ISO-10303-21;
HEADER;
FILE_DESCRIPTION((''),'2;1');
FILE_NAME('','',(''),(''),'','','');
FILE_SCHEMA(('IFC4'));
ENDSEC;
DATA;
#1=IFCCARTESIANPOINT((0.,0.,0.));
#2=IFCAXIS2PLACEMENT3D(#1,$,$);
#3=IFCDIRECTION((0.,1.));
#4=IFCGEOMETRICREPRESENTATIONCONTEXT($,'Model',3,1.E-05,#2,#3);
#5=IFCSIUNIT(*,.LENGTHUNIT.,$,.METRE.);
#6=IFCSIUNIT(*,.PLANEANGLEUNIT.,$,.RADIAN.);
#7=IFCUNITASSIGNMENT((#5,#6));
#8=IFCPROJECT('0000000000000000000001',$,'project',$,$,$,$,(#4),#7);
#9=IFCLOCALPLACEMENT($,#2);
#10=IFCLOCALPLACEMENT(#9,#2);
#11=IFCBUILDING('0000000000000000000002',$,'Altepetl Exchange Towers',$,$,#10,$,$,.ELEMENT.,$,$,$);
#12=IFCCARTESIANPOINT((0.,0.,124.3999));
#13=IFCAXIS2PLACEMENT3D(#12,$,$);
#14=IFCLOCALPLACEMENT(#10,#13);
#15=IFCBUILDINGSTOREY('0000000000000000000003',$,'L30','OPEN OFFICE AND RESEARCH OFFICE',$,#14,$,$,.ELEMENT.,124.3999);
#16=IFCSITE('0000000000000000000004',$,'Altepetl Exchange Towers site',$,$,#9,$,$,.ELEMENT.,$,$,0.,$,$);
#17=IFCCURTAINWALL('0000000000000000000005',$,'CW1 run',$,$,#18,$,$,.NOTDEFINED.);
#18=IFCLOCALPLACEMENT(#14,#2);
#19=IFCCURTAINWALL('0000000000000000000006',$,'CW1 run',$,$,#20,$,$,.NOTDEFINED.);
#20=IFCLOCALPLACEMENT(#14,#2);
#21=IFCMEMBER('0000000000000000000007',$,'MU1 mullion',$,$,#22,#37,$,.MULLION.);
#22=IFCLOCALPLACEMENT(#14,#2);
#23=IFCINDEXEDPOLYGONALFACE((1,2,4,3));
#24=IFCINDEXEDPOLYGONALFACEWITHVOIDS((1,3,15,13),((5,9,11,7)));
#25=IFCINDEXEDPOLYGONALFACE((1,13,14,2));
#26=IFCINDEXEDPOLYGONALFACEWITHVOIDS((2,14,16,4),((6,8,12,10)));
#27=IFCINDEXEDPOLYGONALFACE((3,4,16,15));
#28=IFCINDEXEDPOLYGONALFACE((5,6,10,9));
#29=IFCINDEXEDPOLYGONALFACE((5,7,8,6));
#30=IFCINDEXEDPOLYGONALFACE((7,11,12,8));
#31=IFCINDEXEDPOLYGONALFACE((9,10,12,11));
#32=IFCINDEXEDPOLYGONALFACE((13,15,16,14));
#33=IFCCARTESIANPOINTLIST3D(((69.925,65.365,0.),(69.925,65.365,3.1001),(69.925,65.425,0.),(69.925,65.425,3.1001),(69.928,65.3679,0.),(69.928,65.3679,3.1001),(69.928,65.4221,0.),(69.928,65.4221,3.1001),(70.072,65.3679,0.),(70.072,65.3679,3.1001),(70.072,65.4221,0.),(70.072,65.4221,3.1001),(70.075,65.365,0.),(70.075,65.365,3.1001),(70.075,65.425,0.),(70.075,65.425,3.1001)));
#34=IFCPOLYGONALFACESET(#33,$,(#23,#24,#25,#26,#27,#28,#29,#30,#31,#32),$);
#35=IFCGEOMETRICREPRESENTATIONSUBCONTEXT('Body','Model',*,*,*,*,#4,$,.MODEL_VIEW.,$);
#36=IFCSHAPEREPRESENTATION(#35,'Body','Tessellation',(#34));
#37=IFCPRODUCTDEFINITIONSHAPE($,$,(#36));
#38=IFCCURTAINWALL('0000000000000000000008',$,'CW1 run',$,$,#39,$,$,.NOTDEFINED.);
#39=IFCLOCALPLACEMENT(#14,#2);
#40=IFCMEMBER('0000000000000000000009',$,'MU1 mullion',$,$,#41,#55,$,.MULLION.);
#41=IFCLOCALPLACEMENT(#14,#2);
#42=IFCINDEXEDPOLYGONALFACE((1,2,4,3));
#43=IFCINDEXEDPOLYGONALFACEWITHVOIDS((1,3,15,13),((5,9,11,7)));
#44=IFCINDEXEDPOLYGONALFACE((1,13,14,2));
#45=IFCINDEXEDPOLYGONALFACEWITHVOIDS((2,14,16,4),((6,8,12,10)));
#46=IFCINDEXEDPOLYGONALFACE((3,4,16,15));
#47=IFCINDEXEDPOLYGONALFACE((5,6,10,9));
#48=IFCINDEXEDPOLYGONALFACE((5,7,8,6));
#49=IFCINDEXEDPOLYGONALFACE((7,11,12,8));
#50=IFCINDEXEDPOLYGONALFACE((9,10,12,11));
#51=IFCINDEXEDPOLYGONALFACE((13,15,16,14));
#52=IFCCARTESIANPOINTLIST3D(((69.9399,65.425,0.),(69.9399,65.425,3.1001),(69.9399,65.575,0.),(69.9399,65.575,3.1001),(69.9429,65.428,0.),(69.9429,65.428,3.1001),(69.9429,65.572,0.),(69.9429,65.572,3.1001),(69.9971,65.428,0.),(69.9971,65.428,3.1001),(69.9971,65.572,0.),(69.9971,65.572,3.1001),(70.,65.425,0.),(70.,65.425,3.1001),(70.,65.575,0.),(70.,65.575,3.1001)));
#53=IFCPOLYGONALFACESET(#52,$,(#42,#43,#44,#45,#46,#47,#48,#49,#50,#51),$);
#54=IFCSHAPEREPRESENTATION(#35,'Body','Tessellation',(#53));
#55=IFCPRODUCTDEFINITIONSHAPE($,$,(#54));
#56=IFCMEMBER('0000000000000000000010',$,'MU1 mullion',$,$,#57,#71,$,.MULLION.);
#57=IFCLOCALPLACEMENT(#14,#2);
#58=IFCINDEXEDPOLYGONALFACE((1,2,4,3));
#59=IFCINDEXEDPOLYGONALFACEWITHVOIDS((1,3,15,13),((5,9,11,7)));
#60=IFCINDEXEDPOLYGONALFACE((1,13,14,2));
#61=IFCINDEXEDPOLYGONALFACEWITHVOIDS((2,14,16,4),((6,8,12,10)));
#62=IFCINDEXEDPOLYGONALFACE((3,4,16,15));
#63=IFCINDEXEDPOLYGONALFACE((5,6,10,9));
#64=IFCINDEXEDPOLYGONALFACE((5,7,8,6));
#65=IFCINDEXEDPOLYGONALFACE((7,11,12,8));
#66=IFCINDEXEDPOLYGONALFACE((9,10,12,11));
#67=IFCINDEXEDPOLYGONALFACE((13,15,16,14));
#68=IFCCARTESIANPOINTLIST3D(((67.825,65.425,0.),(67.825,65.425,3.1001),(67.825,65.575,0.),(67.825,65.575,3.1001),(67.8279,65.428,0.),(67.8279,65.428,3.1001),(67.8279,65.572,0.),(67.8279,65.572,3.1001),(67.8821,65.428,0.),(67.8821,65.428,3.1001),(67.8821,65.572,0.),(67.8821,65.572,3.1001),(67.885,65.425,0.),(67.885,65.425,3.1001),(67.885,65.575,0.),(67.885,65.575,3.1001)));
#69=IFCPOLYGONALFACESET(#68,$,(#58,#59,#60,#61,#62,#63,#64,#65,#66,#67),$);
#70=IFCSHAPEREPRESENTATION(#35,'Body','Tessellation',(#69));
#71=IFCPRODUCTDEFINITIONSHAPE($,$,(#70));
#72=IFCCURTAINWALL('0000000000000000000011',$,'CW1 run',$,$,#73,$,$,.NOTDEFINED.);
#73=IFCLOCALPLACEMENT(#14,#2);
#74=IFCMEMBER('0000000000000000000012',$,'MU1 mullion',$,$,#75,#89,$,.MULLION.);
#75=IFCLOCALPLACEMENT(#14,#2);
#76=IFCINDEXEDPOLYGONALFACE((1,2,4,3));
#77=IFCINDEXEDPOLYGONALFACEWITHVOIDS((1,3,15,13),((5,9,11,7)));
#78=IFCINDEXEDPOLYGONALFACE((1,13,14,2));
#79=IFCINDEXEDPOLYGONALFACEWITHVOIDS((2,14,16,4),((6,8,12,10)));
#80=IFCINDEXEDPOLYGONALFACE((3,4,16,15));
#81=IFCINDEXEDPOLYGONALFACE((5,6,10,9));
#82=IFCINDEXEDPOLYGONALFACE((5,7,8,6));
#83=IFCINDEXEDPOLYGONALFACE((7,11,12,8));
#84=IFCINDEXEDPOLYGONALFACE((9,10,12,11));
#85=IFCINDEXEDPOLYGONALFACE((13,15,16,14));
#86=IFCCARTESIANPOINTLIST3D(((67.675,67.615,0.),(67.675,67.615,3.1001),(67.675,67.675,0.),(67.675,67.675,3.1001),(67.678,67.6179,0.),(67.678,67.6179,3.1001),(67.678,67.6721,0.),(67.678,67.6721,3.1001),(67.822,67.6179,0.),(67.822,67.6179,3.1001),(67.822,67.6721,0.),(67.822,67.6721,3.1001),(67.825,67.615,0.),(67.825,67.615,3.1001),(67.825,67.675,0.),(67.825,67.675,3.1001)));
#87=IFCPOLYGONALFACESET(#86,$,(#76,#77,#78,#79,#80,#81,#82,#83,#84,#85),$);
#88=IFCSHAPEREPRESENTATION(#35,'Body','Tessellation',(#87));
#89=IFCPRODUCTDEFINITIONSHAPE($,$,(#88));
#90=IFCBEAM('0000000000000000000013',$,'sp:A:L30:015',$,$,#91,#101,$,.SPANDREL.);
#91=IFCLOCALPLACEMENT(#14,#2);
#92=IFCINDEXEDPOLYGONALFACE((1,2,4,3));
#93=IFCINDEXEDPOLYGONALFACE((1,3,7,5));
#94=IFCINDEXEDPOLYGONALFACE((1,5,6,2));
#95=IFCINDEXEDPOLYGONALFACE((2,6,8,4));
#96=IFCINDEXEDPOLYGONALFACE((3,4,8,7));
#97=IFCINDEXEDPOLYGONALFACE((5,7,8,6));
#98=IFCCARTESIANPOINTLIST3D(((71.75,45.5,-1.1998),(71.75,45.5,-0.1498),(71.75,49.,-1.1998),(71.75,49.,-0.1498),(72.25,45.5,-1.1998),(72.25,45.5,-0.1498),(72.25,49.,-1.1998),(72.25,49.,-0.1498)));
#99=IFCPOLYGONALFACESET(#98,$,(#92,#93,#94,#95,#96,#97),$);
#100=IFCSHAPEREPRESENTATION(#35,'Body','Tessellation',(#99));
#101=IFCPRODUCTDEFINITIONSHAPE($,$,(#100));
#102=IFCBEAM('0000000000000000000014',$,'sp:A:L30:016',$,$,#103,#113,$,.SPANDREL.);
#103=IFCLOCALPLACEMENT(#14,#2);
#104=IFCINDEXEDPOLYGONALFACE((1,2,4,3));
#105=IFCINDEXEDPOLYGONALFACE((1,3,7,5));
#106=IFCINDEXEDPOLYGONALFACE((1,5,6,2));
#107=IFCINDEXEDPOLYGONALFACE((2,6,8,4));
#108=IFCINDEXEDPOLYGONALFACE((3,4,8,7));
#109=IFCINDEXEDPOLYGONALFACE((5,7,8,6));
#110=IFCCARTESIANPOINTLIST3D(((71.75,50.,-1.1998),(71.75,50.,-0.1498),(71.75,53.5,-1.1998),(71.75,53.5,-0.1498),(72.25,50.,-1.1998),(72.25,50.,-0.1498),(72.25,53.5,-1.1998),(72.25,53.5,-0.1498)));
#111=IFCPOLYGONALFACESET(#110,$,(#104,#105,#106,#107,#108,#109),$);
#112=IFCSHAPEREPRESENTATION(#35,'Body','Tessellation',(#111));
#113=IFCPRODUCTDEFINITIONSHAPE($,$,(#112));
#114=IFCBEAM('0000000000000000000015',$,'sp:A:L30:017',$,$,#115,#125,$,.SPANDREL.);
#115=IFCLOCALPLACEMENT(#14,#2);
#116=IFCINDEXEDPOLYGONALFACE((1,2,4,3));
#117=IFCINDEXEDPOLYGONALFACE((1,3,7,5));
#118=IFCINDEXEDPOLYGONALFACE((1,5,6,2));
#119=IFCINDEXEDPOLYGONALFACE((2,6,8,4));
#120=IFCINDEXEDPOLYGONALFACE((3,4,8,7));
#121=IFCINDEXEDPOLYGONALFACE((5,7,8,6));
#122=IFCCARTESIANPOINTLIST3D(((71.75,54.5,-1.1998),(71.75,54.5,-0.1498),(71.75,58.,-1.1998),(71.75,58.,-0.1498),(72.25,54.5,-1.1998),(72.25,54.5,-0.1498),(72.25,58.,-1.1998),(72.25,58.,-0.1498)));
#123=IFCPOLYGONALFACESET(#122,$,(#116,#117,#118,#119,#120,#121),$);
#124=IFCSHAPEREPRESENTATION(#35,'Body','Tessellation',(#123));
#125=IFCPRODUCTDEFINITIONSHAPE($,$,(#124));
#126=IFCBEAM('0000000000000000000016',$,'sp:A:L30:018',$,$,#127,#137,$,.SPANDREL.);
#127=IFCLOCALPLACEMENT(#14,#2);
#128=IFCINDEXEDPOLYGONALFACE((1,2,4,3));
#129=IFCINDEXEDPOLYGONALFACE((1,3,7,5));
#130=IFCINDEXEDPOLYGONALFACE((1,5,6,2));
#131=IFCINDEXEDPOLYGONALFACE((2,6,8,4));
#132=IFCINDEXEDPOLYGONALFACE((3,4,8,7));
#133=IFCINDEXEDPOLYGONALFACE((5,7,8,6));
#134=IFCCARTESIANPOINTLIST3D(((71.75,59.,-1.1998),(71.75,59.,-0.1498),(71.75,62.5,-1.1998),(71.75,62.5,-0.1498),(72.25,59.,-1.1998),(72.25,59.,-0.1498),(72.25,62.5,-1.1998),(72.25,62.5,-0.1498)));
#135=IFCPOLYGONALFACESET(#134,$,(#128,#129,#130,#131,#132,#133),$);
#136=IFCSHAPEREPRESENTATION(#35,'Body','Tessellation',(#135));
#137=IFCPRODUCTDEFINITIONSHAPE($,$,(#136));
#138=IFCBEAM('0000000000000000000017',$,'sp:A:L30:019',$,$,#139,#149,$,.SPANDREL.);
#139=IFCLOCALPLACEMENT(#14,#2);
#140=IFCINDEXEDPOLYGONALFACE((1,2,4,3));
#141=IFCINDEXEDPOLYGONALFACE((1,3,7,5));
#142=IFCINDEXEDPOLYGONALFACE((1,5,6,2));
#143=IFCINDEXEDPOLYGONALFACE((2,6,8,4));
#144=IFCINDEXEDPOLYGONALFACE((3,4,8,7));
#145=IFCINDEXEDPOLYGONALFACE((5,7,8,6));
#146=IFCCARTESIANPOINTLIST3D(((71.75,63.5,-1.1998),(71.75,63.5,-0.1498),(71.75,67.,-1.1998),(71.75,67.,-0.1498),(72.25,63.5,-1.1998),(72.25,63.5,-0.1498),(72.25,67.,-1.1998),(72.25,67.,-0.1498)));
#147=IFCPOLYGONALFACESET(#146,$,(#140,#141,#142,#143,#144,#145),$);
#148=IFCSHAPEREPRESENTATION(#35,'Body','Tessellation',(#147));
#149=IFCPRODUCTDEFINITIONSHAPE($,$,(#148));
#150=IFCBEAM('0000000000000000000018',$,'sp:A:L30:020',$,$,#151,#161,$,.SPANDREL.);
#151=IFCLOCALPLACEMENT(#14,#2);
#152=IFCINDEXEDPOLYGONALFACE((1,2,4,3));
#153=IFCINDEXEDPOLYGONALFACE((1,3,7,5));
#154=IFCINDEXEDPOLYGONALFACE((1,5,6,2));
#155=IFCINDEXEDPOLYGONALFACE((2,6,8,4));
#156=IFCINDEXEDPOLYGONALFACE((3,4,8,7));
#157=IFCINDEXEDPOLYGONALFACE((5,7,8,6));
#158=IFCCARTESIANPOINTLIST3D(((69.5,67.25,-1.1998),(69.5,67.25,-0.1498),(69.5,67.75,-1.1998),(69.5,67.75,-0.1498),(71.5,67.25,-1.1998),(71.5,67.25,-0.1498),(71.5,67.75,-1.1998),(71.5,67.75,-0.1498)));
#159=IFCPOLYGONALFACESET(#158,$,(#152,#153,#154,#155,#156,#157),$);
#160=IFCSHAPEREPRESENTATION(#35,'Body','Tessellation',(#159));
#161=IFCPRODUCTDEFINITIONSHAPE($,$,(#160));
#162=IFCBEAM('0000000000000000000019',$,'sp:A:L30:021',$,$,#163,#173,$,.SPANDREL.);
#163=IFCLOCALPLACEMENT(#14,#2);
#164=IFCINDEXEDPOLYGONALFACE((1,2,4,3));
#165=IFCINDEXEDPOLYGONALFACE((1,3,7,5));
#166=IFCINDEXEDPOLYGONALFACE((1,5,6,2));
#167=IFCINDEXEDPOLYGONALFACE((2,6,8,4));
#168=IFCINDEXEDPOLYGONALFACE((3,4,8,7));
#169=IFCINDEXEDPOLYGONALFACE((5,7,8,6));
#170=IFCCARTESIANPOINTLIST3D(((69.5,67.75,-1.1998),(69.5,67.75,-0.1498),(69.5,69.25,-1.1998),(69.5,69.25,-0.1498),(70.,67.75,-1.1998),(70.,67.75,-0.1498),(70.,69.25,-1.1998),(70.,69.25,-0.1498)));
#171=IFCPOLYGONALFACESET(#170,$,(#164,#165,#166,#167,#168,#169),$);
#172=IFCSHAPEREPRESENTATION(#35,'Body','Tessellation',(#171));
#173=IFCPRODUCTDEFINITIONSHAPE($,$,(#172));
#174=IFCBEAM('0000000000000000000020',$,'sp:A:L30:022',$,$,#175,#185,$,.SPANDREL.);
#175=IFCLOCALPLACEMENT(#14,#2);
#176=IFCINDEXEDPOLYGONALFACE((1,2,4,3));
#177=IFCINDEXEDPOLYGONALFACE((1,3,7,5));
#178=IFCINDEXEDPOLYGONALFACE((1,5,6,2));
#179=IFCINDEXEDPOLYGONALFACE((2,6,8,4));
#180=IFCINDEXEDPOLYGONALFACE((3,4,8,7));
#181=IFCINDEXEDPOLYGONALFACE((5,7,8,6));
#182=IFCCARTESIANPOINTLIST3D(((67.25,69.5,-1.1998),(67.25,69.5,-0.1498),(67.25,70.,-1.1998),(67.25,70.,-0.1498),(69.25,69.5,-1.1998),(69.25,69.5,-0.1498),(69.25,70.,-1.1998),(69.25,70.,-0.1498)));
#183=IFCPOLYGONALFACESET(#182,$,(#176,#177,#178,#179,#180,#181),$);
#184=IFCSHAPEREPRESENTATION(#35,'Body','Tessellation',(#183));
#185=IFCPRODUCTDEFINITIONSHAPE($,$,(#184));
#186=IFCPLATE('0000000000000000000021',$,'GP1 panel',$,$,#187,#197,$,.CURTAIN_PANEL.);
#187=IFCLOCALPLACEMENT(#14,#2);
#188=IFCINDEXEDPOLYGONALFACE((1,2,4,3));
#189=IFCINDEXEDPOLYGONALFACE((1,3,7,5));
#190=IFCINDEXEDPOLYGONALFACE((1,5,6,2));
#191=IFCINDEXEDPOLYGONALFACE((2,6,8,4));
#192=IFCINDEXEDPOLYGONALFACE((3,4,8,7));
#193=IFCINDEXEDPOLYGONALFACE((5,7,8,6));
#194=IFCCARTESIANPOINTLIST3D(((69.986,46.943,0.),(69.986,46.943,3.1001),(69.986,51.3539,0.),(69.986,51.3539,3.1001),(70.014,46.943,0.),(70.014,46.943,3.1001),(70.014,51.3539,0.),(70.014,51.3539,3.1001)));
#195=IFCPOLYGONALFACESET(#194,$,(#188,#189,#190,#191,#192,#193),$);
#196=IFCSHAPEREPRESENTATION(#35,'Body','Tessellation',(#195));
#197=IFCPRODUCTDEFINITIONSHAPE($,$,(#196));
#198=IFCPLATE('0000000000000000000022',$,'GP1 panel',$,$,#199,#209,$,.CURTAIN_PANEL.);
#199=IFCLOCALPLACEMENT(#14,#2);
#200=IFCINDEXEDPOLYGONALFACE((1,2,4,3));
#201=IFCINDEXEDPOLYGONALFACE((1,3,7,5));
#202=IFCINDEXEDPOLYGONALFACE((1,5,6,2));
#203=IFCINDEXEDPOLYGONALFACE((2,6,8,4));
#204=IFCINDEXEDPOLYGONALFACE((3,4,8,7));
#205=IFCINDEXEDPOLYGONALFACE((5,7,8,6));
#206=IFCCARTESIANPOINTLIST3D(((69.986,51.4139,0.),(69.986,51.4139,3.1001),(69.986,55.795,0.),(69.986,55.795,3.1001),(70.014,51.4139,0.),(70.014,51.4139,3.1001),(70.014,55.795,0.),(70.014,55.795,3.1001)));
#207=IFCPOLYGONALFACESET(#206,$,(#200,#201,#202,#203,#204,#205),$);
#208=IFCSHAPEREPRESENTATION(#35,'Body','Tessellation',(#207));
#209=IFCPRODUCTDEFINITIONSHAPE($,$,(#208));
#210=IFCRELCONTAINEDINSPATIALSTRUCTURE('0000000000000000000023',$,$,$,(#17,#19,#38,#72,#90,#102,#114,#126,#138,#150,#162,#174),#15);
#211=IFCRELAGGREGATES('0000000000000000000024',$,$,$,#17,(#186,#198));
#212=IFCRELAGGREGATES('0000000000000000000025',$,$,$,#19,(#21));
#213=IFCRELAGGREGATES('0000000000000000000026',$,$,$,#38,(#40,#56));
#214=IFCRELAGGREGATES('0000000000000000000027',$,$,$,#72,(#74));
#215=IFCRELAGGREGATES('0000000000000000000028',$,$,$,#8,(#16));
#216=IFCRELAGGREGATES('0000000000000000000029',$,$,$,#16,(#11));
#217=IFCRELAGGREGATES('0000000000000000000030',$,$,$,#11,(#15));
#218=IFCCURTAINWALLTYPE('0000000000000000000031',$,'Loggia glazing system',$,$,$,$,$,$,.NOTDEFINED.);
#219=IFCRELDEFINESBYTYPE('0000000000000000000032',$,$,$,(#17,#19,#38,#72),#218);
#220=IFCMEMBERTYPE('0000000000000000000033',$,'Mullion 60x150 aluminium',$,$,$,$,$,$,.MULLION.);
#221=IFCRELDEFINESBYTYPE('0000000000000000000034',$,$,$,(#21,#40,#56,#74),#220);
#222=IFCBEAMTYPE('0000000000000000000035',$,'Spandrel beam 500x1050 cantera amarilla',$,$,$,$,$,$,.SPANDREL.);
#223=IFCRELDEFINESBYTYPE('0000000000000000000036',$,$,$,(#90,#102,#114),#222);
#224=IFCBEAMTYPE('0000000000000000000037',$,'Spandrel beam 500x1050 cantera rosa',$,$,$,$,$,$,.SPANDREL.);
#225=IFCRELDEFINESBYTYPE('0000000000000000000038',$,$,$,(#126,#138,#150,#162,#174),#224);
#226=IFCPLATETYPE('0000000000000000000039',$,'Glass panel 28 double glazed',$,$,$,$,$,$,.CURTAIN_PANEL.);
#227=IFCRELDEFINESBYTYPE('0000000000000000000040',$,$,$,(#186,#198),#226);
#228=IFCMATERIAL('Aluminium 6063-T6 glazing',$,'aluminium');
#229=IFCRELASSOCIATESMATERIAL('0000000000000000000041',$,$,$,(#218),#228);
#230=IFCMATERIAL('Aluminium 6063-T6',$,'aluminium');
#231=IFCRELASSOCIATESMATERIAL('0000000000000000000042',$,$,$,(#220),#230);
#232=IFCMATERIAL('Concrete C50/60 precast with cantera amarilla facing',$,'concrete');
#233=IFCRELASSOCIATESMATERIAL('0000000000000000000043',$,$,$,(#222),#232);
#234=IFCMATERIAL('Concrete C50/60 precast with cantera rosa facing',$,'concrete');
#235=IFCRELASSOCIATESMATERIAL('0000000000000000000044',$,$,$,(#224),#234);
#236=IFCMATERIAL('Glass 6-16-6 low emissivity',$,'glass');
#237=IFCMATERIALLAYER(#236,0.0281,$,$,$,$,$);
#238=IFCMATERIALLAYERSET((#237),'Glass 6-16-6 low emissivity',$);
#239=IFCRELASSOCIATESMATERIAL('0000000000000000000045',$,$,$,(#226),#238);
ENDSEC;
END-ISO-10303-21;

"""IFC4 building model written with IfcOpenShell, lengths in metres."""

from ifc_helpers import new_model, si_unit, direction, frame, origin, origin_2d, place, context, subcontext, project, spatial, rectangle, hollow_rectangle, extrude, material, layer, layer_set, material_profile, profile_set, type_object, element, aggregate, save


model = new_model("IFC4")

# Units and contexts
model_context = context("Model", 3, precision=1e-05, world=origin(), true_north=direction((0.0, 1.0)))
body_context = subcontext(model_context, "Body", "Model", "MODEL_VIEW")
ifc_project = project(units=[si_unit("LENGTHUNIT", "METRE"), si_unit("PLANEANGLEUNIT", "RADIAN")], contexts=[model_context])

# Site, building, storey
site_placement = place(None, origin())
site = spatial("IfcSite", under=ifc_project, at=site_placement, Name="Altepetl Exchange Towers site", CompositionType="ELEMENT", RefElevation=0.0)
building_placement = place(site_placement, origin())
building = spatial("IfcBuilding", under=site, at=building_placement, Name="Altepetl Exchange Towers", CompositionType="ELEMENT")
storey_placement = place(building_placement, frame((0.0, 0.0, 124.3999)))
storey = spatial("IfcBuildingStorey", under=building, at=storey_placement, Name="L30", Description="OPEN OFFICE AND RESEARCH OFFICE", CompositionType="ELEMENT", Elevation=124.3999)

# Curtain walls, members
ifc_material_1 = material(Name="Aluminium 6063-T6 glazing", Category="aluminium")
curtain_wall_type = type_object("IfcCurtainWallType", Name="Loggia glazing system", PredefinedType="NOTDEFINED", material=ifc_material_1)
curtain_wall_1_placement = place(storey_placement, origin())
curtain_wall_1 = element("IfcCurtainWall", 1, at=curtain_wall_1_placement, inside=storey, type_object=curtain_wall_type, Name="CW1 run", PredefinedType="NOTDEFINED")
ifc_material_2 = material(Name="Aluminium 6063-T6", Category="aluminium")
ifc_material_profile_1 = material_profile(ifc_material_2, hollow_rectangle(XDim=0.0601, YDim=0.1499, WallThickness=0.0029, at=origin_2d()), Name="Mullion 60x150 aluminium")
ifc_profile_set_1 = profile_set([ifc_material_profile_1], Name="Aluminium 6063-T6")
member_type = type_object("IfcMemberType", Name="Mullion 60x150 aluminium", PredefinedType="MULLION", material=ifc_profile_set_1)
curtain_wall_2_placement = place(storey_placement, origin())
curtain_wall_2 = element("IfcCurtainWall", 2, at=curtain_wall_2_placement, inside=storey, type_object=curtain_wall_type, Name="CW1 run", PredefinedType="NOTDEFINED")
member_1_placement = place(storey_placement, frame((70.0, 65.395, 0.0), z_axis=(0.0, 0.0, 1.0), x_axis=(0.0, 1.0, 0.0)))
member_1 = element("IfcMember", 3, at=member_1_placement, type_object=member_type, Name="MU1 mullion", PredefinedType="MULLION", context=body_context, shape_type="SweptSolid", body=[
    extrude(hollow_rectangle(XDim=0.0601, YDim=0.1499, WallThickness=0.0029, at=origin_2d()), origin(), (0.0, 0.0, 1.0), 3.1001),
])
curtain_wall_3_placement = place(storey_placement, origin())
curtain_wall_3 = element("IfcCurtainWall", 4, at=curtain_wall_3_placement, inside=storey, type_object=curtain_wall_type, Name="CW1 run", PredefinedType="NOTDEFINED")
member_2_placement = place(storey_placement, frame((69.97, 65.5, 0.0), z_axis=(0.0, 0.0, 1.0), x_axis=(-1.0, 0.0, 0.0)))
member_2 = element("IfcMember", 5, at=member_2_placement, type_object=member_type, Name="MU1 mullion", PredefinedType="MULLION", context=body_context, shape_type="SweptSolid", body=[
    extrude(hollow_rectangle(XDim=0.0601, YDim=0.1499, WallThickness=0.0029, at=origin_2d()), origin(), (0.0, 0.0, 1.0), 3.1001),
])
member_3_placement = place(storey_placement, frame((67.855, 65.5, 0.0), z_axis=(0.0, 0.0, 1.0), x_axis=(-1.0, 0.0, 0.0)))
member_3 = element("IfcMember", 6, at=member_3_placement, type_object=member_type, Name="MU1 mullion", PredefinedType="MULLION", context=body_context, shape_type="SweptSolid", body=[
    extrude(hollow_rectangle(XDim=0.0601, YDim=0.1499, WallThickness=0.0029, at=origin_2d()), origin(), (0.0, 0.0, 1.0), 3.1001),
])

# Curtain wall, member
curtain_wall_4_placement = place(storey_placement, origin())
curtain_wall_4 = element("IfcCurtainWall", 7, at=curtain_wall_4_placement, inside=storey, type_object=curtain_wall_type, Name="CW1 run", PredefinedType="NOTDEFINED")
member_4_placement = place(storey_placement, frame((67.75, 67.645, 0.0), z_axis=(0.0, 0.0, 1.0), x_axis=(0.0, 1.0, 0.0)))
member_4 = element("IfcMember", 8, at=member_4_placement, type_object=member_type, Name="MU1 mullion", PredefinedType="MULLION", context=body_context, shape_type="SweptSolid", body=[
    extrude(hollow_rectangle(XDim=0.0601, YDim=0.1499, WallThickness=0.0029, at=origin_2d()), origin(), (0.0, 0.0, 1.0), 3.1001),
])

# Beams
ifc_material_3 = material(Name="Concrete C50/60 precast with cantera amarilla facing", Category="concrete")
ifc_material_profile_2 = material_profile(ifc_material_3, rectangle(XDim=0.5, YDim=1.05, at=origin_2d()), Name="500 x 1050")
ifc_profile_set_2 = profile_set([ifc_material_profile_2], Name="Concrete C50/60 precast with cantera amarilla facing")
beam_type_1 = type_object("IfcBeamType", Name="Spandrel beam 500x1050 cantera amarilla", PredefinedType="SPANDREL", material=ifc_profile_set_2)
for number, where, z_axis, x_axis, name in (
    (9, (72.0, 45.5, -0.6748), (0.0, 1.0, 0.0), (-1.0, 0.0, 0.0), "sp:A:L30:015"),
    (10, (72.0, 50.0, -0.6748), (0.0, 1.0, 0.0), (-1.0, 0.0, 0.0), "sp:A:L30:016"),
    (11, (72.0, 54.5, -0.6748), (0.0, 1.0, 0.0), (-1.0, 0.0, 0.0), "sp:A:L30:017"),
):
    element("IfcBeam", number, at=place(storey_placement, frame(where, z_axis=z_axis, x_axis=x_axis)), inside=storey, type_object=beam_type_1, Name=name, PredefinedType="SPANDREL", context=body_context, shape_type="SweptSolid", body=[
        extrude(rectangle(XDim=0.5, YDim=1.05, at=origin_2d()), origin(), (0.0, 0.0, 1.0), 3.5),
    ])
ifc_material_4 = material(Name="Concrete C50/60 precast with cantera rosa facing", Category="concrete")
ifc_material_profile_3 = material_profile(ifc_material_4, rectangle(XDim=0.5, YDim=1.05, at=origin_2d()), Name="500 x 1050")
ifc_profile_set_3 = profile_set([ifc_material_profile_3], Name="Concrete C50/60 precast with cantera rosa facing")
beam_type_2 = type_object("IfcBeamType", Name="Spandrel beam 500x1050 cantera rosa", PredefinedType="SPANDREL", material=ifc_profile_set_3)
for number, where, z_axis, x_axis, name in (
    (12, (72.0, 59.0, -0.6748), (0.0, 1.0, 0.0), (-1.0, 0.0, 0.0), "sp:A:L30:018"),
    (13, (72.0, 63.5, -0.6748), (0.0, 1.0, 0.0), (-1.0, 0.0, 0.0), "sp:A:L30:019"),
):
    element("IfcBeam", number, at=place(storey_placement, frame(where, z_axis=z_axis, x_axis=x_axis)), inside=storey, type_object=beam_type_2, Name=name, PredefinedType="SPANDREL", context=body_context, shape_type="SweptSolid", body=[
        extrude(rectangle(XDim=0.5, YDim=1.05, at=origin_2d()), origin(), (0.0, 0.0, 1.0), 3.5),
    ])
beam_1_placement = place(storey_placement, frame((71.5, 67.5, -0.6748), z_axis=(-1.0, 0.0, 0.0), x_axis=(0.0, -1.0, 0.0)))
element("IfcBeam", 14, at=beam_1_placement, inside=storey, type_object=beam_type_2, Name="sp:A:L30:020", PredefinedType="SPANDREL", context=body_context, shape_type="SweptSolid", body=[
    extrude(rectangle(XDim=0.5, YDim=1.05, at=origin_2d()), origin(), (0.0, 0.0, 1.0), 2.0),
])
beam_2_placement = place(storey_placement, frame((69.75, 67.75, -0.6748), z_axis=(0.0, 1.0, 0.0), x_axis=(-1.0, 0.0, 0.0)))
element("IfcBeam", 15, at=beam_2_placement, inside=storey, type_object=beam_type_2, Name="sp:A:L30:021", PredefinedType="SPANDREL", context=body_context, shape_type="SweptSolid", body=[
    extrude(rectangle(XDim=0.5, YDim=1.05, at=origin_2d()), origin(), (0.0, 0.0, 1.0), 1.5),
])
beam_3_placement = place(storey_placement, frame((69.25, 69.75, -0.6748), z_axis=(-1.0, 0.0, 0.0), x_axis=(0.0, -1.0, 0.0)))
element("IfcBeam", 16, at=beam_3_placement, inside=storey, type_object=beam_type_2, Name="sp:A:L30:022", PredefinedType="SPANDREL", context=body_context, shape_type="SweptSolid", body=[
    extrude(rectangle(XDim=0.5, YDim=1.05, at=origin_2d()), origin(), (0.0, 0.0, 1.0), 2.0),
])

# Plates
ifc_material_5 = material(Name="Glass 6-16-6 low emissivity", Category="glass")
ifc_layer = layer(ifc_material_5, 0.0281)
ifc_layer_set = layer_set([ifc_layer], Name="Glass 6-16-6 low emissivity")
plate_type = type_object("IfcPlateType", Name="Glass panel 28 double glazed", PredefinedType="CURTAIN_PANEL", material=ifc_layer_set)
plate_1_placement = place(storey_placement, frame((70.0, 49.1484, 0.0), z_axis=(0.0, 0.0, 1.0), x_axis=(0.0, 1.0, 0.0)))
plate_1 = element("IfcPlate", 17, at=plate_1_placement, type_object=plate_type, Name="GP1 panel", PredefinedType="CURTAIN_PANEL", context=body_context, shape_type="SweptSolid", body=[
    extrude(rectangle(XDim=4.4109, YDim=0.0281, at=origin_2d()), origin(), (0.0, 0.0, 1.0), 3.1001),
])
plate_2_placement = place(storey_placement, frame((70.0, 53.6045, 0.0), z_axis=(0.0, 0.0, 1.0), x_axis=(0.0, 1.0, 0.0)))
plate_2 = element("IfcPlate", 18, at=plate_2_placement, type_object=plate_type, Name="GP1 panel", PredefinedType="CURTAIN_PANEL", context=body_context, shape_type="SweptSolid", body=[
    extrude(rectangle(XDim=4.3811, YDim=0.0281, at=origin_2d()), origin(), (0.0, 0.0, 1.0), 3.1001),
])
aggregate(curtain_wall_1, [plate_1, plate_2])
aggregate(curtain_wall_2, [member_1])
aggregate(curtain_wall_3, [member_2, member_3])
aggregate(curtain_wall_4, [member_4])

save(model, "model.ifc")
